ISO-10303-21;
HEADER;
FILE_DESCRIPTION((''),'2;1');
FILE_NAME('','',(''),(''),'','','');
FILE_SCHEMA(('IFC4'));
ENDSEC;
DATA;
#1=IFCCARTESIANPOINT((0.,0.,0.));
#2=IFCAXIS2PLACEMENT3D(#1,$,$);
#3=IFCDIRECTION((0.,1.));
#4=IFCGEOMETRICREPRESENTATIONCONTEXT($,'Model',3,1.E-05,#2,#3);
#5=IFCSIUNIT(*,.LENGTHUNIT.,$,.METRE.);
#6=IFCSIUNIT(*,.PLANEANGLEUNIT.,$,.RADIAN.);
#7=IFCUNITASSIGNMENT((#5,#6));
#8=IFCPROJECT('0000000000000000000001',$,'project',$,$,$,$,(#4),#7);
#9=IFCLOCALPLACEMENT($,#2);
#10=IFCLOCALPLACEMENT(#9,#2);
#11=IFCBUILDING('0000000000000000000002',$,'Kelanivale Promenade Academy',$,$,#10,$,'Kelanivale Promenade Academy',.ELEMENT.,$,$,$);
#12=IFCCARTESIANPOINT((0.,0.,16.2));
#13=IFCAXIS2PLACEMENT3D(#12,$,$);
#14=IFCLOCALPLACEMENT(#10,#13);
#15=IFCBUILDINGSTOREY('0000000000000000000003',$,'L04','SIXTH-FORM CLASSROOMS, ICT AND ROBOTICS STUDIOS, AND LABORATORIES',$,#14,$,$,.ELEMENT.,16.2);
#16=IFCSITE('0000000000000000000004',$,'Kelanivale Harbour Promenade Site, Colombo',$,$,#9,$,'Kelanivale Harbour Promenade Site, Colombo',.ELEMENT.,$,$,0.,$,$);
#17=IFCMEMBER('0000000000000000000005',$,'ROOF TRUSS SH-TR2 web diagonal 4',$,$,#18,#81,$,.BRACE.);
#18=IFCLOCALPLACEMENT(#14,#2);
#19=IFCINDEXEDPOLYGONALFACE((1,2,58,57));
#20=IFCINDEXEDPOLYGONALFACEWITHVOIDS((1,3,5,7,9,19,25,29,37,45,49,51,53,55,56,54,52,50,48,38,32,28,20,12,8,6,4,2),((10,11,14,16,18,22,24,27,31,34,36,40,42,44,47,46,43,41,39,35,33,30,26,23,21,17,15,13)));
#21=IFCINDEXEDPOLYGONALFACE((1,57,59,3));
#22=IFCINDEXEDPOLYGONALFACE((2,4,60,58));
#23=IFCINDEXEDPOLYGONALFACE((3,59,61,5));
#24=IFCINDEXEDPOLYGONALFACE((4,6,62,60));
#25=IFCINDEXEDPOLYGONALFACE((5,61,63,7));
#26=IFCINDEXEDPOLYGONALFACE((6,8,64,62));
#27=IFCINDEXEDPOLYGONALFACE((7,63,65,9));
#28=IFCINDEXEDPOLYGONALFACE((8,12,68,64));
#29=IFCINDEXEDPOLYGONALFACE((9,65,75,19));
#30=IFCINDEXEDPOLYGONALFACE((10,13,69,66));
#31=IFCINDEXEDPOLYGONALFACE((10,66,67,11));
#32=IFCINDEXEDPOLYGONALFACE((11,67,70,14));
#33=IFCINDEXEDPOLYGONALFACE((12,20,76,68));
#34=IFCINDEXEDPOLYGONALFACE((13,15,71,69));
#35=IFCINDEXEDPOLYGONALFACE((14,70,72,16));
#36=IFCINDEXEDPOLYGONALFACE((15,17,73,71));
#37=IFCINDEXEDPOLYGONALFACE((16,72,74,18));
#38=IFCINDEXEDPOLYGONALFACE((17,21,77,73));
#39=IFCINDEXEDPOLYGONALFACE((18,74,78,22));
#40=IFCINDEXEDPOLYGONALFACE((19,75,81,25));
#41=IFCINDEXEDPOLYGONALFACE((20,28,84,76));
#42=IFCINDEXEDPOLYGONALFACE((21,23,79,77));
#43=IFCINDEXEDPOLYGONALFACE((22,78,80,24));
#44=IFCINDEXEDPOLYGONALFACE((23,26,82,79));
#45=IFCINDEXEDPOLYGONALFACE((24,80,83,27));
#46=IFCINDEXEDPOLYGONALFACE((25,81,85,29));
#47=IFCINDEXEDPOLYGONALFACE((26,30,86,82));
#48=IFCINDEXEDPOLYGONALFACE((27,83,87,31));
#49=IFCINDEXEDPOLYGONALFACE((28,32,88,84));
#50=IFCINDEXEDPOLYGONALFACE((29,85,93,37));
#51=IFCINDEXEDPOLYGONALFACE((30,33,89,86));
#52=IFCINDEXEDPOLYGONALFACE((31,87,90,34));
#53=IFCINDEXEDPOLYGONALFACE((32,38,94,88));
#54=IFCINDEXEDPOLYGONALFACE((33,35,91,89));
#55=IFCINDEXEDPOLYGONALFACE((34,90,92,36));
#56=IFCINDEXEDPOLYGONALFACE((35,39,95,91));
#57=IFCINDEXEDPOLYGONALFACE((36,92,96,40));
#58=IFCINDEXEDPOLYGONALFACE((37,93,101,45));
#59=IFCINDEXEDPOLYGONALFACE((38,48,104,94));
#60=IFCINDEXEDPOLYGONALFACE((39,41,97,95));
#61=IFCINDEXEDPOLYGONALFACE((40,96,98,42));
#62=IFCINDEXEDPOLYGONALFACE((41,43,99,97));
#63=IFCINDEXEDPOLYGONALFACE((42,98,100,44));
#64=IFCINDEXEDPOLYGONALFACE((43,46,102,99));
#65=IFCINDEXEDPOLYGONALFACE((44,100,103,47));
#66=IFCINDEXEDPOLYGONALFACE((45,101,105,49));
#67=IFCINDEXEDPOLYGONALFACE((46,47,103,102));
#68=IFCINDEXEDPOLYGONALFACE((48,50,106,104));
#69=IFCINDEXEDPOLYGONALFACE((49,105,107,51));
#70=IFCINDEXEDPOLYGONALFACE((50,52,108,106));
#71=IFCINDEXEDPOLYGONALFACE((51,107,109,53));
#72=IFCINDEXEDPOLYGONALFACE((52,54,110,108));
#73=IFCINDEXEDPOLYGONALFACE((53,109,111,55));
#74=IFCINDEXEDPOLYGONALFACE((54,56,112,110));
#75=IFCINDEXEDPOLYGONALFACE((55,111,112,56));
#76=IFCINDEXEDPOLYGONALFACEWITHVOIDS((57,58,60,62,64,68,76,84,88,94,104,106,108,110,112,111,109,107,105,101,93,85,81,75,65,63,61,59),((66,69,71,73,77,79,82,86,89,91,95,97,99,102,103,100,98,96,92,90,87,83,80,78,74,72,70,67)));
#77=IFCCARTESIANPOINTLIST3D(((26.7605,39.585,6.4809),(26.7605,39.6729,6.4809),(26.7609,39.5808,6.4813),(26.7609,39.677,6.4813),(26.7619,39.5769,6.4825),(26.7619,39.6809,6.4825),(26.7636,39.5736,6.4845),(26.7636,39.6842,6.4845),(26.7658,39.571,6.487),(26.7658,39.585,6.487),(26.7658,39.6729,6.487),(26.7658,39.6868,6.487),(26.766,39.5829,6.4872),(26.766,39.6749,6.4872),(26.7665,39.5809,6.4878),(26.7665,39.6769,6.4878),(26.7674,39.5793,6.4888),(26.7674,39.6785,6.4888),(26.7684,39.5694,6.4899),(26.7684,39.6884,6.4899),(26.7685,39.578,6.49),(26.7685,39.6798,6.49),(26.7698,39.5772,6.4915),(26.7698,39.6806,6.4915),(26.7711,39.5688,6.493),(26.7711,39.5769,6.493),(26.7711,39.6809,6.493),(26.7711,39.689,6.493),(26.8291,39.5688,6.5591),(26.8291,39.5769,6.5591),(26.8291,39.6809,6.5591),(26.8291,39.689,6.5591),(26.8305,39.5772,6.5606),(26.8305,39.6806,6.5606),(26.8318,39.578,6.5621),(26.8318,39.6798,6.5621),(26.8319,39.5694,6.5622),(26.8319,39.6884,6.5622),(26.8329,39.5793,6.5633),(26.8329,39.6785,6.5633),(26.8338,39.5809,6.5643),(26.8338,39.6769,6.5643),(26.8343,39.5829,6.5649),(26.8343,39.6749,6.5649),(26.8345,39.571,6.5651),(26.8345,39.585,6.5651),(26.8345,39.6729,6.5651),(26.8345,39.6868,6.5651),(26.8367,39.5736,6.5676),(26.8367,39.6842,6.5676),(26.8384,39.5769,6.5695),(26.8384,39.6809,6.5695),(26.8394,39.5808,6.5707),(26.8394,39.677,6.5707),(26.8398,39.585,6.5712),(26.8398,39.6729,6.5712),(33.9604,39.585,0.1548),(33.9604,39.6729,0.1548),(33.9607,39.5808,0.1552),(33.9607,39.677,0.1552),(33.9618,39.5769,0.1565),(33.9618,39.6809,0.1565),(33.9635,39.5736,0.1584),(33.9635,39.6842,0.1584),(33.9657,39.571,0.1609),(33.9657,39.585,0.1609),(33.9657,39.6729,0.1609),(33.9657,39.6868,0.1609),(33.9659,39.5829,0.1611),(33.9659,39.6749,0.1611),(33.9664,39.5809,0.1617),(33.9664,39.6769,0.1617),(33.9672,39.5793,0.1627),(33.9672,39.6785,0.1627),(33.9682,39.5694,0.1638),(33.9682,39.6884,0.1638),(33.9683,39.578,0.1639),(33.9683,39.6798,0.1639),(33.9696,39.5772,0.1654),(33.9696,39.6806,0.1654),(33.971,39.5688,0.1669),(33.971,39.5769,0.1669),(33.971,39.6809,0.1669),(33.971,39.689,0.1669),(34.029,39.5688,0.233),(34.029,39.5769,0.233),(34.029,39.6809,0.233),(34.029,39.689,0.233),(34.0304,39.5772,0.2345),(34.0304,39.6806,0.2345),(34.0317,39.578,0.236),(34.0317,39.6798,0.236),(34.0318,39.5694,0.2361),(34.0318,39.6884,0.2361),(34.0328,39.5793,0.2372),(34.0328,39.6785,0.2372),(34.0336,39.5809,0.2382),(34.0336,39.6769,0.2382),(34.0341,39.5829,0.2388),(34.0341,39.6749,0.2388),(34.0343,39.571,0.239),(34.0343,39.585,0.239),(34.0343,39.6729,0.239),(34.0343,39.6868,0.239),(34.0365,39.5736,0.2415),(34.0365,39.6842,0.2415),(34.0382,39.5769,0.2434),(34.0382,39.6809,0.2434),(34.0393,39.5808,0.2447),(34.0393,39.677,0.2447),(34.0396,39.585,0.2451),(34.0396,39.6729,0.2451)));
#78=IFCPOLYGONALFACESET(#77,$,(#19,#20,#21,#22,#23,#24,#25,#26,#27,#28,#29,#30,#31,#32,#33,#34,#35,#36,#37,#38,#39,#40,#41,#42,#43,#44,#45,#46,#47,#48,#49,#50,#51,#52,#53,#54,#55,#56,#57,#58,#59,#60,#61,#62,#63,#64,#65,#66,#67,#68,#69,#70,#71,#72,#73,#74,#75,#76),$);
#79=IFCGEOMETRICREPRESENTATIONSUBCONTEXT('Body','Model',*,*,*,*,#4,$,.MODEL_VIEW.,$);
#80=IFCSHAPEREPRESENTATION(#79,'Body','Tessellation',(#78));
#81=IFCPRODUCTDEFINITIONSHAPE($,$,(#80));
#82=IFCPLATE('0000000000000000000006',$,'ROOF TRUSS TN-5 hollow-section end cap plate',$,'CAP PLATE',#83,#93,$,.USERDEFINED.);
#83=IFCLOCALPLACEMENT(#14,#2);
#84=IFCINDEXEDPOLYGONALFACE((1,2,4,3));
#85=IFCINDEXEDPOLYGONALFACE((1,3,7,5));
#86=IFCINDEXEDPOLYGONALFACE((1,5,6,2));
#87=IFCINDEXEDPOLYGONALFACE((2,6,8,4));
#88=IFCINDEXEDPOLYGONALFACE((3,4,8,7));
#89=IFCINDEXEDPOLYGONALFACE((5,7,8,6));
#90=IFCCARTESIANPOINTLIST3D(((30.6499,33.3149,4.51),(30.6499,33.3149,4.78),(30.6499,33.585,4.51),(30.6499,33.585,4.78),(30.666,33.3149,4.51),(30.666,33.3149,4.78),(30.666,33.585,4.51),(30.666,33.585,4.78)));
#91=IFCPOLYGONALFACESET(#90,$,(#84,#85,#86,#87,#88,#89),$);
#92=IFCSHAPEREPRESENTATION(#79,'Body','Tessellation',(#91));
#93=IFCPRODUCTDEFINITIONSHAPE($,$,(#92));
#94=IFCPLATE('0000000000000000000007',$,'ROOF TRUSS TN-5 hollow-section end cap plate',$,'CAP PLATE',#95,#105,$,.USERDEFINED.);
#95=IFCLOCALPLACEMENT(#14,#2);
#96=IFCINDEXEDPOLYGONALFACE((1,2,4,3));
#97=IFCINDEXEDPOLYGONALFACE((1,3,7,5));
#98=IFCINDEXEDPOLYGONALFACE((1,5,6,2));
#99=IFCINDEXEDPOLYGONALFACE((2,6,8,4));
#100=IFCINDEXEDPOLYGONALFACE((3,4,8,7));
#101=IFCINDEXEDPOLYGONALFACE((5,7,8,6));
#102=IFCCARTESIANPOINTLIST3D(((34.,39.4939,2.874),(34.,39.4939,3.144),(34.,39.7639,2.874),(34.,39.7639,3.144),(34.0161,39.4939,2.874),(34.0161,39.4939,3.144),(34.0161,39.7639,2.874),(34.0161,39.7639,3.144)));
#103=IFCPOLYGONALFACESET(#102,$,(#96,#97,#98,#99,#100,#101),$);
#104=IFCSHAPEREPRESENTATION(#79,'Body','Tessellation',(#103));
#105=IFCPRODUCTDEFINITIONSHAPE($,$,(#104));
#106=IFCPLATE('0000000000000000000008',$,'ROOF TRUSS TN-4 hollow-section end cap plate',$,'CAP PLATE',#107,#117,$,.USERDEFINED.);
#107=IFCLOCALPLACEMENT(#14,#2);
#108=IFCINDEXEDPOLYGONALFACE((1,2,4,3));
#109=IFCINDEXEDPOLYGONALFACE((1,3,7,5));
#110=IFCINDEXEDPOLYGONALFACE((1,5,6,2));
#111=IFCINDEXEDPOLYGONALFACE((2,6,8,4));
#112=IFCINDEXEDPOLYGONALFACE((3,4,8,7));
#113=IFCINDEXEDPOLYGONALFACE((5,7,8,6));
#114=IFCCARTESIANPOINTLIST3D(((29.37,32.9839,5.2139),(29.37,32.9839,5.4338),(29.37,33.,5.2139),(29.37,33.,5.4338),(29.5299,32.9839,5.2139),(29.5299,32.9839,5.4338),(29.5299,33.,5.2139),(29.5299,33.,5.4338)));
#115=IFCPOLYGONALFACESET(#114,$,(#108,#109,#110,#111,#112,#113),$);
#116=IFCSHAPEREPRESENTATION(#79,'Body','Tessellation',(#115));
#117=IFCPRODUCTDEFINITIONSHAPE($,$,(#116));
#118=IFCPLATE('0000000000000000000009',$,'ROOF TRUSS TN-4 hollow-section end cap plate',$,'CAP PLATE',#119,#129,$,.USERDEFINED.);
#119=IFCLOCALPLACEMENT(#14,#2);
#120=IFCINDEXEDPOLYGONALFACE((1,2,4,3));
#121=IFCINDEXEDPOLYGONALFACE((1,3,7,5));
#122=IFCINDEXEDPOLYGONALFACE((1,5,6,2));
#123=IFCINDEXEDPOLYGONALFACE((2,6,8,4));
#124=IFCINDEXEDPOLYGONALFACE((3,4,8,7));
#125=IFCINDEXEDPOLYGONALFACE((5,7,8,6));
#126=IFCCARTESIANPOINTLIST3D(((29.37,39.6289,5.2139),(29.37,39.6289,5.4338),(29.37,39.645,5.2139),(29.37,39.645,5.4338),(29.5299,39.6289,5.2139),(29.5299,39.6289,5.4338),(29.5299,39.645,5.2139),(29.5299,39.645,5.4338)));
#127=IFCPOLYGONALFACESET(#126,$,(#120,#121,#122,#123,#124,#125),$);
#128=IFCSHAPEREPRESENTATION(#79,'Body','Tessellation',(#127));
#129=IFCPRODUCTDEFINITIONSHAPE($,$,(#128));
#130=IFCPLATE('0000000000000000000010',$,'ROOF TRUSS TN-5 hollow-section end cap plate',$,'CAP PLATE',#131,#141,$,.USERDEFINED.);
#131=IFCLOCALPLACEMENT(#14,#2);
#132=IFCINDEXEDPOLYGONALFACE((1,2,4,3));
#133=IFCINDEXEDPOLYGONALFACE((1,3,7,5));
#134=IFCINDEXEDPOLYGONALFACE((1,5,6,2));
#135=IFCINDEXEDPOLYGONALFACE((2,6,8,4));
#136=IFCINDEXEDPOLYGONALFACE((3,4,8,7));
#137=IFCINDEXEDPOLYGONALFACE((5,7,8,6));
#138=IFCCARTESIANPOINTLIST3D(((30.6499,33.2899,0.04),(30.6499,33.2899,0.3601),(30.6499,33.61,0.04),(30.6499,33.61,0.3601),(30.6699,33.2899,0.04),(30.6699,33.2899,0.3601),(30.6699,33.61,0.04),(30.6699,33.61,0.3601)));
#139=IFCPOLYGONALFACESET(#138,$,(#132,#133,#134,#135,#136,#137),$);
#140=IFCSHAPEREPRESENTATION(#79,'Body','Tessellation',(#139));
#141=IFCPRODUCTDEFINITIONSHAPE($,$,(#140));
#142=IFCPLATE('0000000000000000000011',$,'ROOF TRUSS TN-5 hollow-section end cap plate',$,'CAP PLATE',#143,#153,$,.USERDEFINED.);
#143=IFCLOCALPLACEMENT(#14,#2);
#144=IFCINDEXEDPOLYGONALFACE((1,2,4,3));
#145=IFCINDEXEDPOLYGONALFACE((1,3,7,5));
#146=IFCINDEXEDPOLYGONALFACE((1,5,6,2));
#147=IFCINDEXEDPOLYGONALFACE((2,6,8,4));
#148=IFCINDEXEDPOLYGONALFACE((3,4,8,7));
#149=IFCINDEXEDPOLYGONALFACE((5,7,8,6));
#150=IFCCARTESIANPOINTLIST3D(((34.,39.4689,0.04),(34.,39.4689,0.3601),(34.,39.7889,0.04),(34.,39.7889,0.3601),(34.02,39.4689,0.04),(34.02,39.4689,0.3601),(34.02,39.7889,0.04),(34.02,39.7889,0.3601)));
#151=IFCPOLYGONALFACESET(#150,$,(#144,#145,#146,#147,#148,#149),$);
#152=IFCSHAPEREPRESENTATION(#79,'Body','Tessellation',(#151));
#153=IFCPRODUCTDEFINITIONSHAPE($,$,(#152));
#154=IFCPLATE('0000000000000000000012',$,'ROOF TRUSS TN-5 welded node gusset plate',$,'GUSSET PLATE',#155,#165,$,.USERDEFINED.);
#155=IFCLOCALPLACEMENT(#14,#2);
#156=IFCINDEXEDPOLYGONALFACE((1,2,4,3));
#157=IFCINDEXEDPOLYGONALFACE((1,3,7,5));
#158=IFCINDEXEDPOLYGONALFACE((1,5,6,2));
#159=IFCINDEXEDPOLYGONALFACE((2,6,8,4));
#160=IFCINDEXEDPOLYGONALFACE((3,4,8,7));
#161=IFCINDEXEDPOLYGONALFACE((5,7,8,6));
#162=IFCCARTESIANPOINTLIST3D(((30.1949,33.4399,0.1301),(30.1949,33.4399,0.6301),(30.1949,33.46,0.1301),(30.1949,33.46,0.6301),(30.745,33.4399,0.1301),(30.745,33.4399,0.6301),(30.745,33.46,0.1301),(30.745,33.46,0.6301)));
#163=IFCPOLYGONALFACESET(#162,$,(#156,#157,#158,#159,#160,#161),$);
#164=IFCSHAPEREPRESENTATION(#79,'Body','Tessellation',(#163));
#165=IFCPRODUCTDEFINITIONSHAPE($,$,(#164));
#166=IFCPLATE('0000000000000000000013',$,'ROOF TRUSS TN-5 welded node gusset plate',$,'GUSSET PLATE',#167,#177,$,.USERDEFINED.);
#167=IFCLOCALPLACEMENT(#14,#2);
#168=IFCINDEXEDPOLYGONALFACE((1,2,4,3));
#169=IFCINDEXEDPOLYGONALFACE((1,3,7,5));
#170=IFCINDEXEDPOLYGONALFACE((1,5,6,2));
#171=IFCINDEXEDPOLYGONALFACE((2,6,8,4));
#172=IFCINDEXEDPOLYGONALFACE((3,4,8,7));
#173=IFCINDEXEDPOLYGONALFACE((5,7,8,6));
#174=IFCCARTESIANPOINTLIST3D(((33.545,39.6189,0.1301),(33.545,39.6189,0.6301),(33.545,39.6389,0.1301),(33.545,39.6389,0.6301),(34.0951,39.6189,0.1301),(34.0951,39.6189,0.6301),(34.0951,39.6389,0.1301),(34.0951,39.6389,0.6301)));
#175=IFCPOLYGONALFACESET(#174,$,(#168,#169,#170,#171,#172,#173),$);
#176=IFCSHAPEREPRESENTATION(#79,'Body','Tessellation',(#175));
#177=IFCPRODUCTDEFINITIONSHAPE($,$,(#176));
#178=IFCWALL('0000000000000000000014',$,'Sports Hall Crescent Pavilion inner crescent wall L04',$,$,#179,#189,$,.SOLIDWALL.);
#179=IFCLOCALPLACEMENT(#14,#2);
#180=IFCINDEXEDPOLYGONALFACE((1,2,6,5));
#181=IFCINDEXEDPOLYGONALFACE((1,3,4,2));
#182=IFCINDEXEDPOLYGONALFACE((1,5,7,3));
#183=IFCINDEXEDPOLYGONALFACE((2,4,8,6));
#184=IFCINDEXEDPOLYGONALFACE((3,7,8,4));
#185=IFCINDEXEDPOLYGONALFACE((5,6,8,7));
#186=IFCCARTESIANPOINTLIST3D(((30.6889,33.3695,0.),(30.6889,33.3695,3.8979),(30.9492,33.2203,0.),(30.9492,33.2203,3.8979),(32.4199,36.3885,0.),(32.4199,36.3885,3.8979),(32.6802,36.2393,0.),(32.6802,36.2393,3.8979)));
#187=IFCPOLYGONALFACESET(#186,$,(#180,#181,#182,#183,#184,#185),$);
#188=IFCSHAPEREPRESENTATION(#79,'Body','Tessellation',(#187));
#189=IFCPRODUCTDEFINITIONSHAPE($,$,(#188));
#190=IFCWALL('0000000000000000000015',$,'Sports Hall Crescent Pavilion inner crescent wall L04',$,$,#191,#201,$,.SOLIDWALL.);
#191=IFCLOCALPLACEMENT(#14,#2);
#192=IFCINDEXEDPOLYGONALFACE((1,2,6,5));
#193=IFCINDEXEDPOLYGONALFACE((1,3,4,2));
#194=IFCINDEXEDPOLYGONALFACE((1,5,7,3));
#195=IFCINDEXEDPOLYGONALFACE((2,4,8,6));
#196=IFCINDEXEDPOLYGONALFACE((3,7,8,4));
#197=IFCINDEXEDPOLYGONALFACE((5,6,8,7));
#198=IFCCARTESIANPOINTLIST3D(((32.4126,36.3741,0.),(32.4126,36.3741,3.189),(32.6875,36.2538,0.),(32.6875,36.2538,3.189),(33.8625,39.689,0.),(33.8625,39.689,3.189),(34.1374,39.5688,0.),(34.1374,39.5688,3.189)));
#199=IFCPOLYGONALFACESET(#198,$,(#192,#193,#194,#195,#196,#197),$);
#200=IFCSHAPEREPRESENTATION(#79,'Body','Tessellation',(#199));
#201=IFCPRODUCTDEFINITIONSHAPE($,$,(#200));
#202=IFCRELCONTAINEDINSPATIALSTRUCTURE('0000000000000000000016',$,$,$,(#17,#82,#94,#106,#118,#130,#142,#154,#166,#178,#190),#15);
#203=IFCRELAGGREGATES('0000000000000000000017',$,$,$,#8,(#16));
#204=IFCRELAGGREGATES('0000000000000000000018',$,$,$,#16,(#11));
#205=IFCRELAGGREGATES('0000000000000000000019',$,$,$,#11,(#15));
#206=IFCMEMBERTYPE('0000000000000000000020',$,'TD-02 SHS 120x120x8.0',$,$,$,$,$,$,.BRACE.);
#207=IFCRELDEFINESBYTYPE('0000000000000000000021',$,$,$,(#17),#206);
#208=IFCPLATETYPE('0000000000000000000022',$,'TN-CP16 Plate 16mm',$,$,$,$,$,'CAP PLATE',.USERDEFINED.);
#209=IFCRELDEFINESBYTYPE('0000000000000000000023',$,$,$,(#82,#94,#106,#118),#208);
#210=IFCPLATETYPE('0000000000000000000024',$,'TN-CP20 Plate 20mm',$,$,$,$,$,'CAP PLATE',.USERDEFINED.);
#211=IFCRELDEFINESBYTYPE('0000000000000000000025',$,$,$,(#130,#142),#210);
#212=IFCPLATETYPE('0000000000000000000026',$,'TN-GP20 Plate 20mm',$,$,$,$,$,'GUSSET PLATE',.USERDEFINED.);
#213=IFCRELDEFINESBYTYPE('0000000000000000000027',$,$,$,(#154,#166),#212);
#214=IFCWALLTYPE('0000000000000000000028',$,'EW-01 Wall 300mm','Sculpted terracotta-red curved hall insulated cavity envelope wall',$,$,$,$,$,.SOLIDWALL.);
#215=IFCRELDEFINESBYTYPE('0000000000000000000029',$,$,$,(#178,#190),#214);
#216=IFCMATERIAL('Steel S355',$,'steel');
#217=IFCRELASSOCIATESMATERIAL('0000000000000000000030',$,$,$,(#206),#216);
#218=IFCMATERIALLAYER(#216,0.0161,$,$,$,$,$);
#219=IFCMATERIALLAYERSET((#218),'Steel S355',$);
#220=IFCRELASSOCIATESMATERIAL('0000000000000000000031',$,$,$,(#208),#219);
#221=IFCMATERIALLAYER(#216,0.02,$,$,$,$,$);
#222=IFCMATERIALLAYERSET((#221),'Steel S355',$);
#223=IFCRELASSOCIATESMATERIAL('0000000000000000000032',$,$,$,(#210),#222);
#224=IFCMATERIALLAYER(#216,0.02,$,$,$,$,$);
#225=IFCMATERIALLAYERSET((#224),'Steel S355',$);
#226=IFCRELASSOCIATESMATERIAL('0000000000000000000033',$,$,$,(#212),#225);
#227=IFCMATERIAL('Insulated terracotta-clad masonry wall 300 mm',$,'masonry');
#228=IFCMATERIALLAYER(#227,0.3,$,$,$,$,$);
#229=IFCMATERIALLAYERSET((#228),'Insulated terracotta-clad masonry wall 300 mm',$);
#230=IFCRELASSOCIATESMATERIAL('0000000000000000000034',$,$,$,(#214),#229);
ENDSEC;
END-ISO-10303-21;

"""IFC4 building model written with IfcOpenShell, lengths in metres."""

from ifc_helpers import new_model, si_unit, direction, frame, frame_2d, origin, origin_2d, place, context, subcontext, project, spatial, rectangle, hollow_rectangle, extrude, material, layer, layer_set, material_profile, profile_set, type_object, element, save


model = new_model("IFC4")

# Units and contexts
model_context = context("Model", 3, precision=1e-05, world=origin(), true_north=direction((0.0, 1.0)))
body_context = subcontext(model_context, "Body", "Model", "MODEL_VIEW")
ifc_project = project(units=[si_unit("LENGTHUNIT", "METRE"), si_unit("PLANEANGLEUNIT", "RADIAN")], contexts=[model_context])

# Site, building, storey
site_placement = place(None, origin())
site = spatial("IfcSite", under=ifc_project, at=site_placement, Name="Kelanivale Harbour Promenade Site, Colombo", LongName="Kelanivale Harbour Promenade Site, Colombo", CompositionType="ELEMENT", RefElevation=0.0)
building_placement = place(site_placement, origin())
building = spatial("IfcBuilding", under=site, at=building_placement, Name="Kelanivale Promenade Academy", LongName="Kelanivale Promenade Academy", CompositionType="ELEMENT")
storey_placement = place(building_placement, frame((0.0, 0.0, 16.2)))
storey = spatial("IfcBuildingStorey", under=building, at=storey_placement, Name="L04", Description="SIXTH-FORM CLASSROOMS, ICT AND ROBOTICS STUDIOS, AND LABORATORIES", CompositionType="ELEMENT", Elevation=16.2)

# Shared definitions
ifc_material_1 = material(Name="Steel S355", Category="steel")

# Member
ifc_material_profile_1 = material_profile(ifc_material_1, hollow_rectangle(XDim=0.1201, YDim=0.1201, WallThickness=0.0081, InnerFilletRadius=0.0081, OuterFilletRadius=0.0161, at=origin_2d()), Name="SHS 120x120x8.0")
ifc_profile_set_1 = profile_set([ifc_material_profile_1], Name="Steel S355")
member_type_1 = type_object("IfcMemberType", Name="TD-02 SHS 120x120x8.0", PredefinedType="BRACE", material=ifc_profile_set_1)
member_1_placement = place(storey_placement, frame((34.0, 39.6289, 0.2), z_axis=(-0.75122, 0.0, 0.660052), x_axis=(0.0, -1.0, 0.0)))
element("IfcMember", 1, at=member_1_placement, inside=storey, type_object=member_type_1, Name="ROOF TRUSS SH-TR2 web diagonal 4", PredefinedType="BRACE", context=body_context, shape_type="SweptSolid", body=[
    extrude(hollow_rectangle(XDim=0.1201, YDim=0.1201, WallThickness=0.0081, InnerFilletRadius=0.0081, OuterFilletRadius=0.0161, at=origin_2d()), origin(), (0.0, 0.0, 1.0), 9.5842),
])

# Plates
ifc_layer_1 = layer(ifc_material_1, 0.0161)
ifc_layer_set_1 = layer_set([ifc_layer_1], Name="Steel S355")
plate_type_1 = type_object("IfcPlateType", Name="TN-CP16 Plate 16mm", ElementType="CAP PLATE", PredefinedType="USERDEFINED", material=ifc_layer_set_1)
for number, where, z_axis, x_axis, name in (
    (2, (30.658, 33.45, 4.51), (0.0, 0.0, 1.0), (1.0, 0.0, 0.0), "ROOF TRUSS TN-5 hollow-section end cap plate"),
    (3, (34.0081, 39.6289, 2.874), (0.0, 0.0, 1.0), (1.0, 0.0, 0.0), "ROOF TRUSS TN-5 hollow-section end cap plate"),
):
    element("IfcPlate", number, at=place(storey_placement, frame(where, z_axis=z_axis, x_axis=x_axis)), inside=storey, type_object=plate_type_1, Name=name, ObjectType="CAP PLATE", PredefinedType="USERDEFINED", context=body_context, shape_type="SweptSolid", body=[
        extrude(rectangle(XDim=0.0161, YDim=0.27, at=origin_2d()), origin(), (0.0, 0.0, 1.0), 0.27),
    ])
for number, where, z_axis, x_axis, name in (
    (4, (29.45, 32.9919, 5.2139), (0.0, 0.0, 1.0), (0.0, -1.0, 0.0), "ROOF TRUSS TN-4 hollow-section end cap plate"),
    (5, (29.45, 39.637, 5.2139), (0.0, 0.0, 1.0), (0.0, 1.0, 0.0), "ROOF TRUSS TN-4 hollow-section end cap plate"),
):
    element("IfcPlate", number, at=place(storey_placement, frame(where, z_axis=z_axis, x_axis=x_axis)), inside=storey, type_object=plate_type_1, Name=name, ObjectType="CAP PLATE", PredefinedType="USERDEFINED", context=body_context, shape_type="SweptSolid", body=[
        extrude(rectangle(XDim=0.0161, YDim=0.1599, at=origin_2d()), origin(), (0.0, 0.0, 1.0), 0.22),
    ])
ifc_layer_2 = layer(ifc_material_1, 0.02)
ifc_layer_set_2 = layer_set([ifc_layer_2], Name="Steel S355")
plate_type_2 = type_object("IfcPlateType", Name="TN-CP20 Plate 20mm", ElementType="CAP PLATE", PredefinedType="USERDEFINED", material=ifc_layer_set_2)
for number, where, z_axis, x_axis, name in (
    (6, (30.6599, 33.45, 0.04), (0.0, 0.0, 1.0), (1.0, 0.0, 0.0), "ROOF TRUSS TN-5 hollow-section end cap plate"),
    (7, (34.01, 39.6289, 0.04), (0.0, 0.0, 1.0), (1.0, 0.0, 0.0), "ROOF TRUSS TN-5 hollow-section end cap plate"),
):
    element("IfcPlate", number, at=place(storey_placement, frame(where, z_axis=z_axis, x_axis=x_axis)), inside=storey, type_object=plate_type_2, Name=name, ObjectType="CAP PLATE", PredefinedType="USERDEFINED", context=body_context, shape_type="SweptSolid", body=[
        extrude(rectangle(XDim=0.02, YDim=0.3201, at=origin_2d()), origin(), (0.0, 0.0, 1.0), 0.3201),
    ])
ifc_layer_3 = layer(ifc_material_1, 0.02)
ifc_layer_set_3 = layer_set([ifc_layer_3], Name="Steel S355")
plate_type_3 = type_object("IfcPlateType", Name="TN-GP20 Plate 20mm", ElementType="GUSSET PLATE", PredefinedType="USERDEFINED", material=ifc_layer_set_3)
for number, where, z_axis, x_axis, name in (
    (8, (30.47, 33.45, 0.1301), (0.0, 0.0, 1.0), (1.0, 0.0, 0.0), "ROOF TRUSS TN-5 welded node gusset plate"),
    (9, (33.8201, 39.6289, 0.1301), (0.0, 0.0, 1.0), (1.0, 0.0, 0.0), "ROOF TRUSS TN-5 welded node gusset plate"),
):
    element("IfcPlate", number, at=place(storey_placement, frame(where, z_axis=z_axis, x_axis=x_axis)), inside=storey, type_object=plate_type_3, Name=name, ObjectType="GUSSET PLATE", PredefinedType="USERDEFINED", context=body_context, shape_type="SweptSolid", body=[
        extrude(rectangle(XDim=0.55, YDim=0.02, at=origin_2d()), origin(), (0.0, 0.0, 1.0), 0.5),
    ])

# Walls
ifc_material_2 = material(Name="Insulated terracotta-clad masonry wall 300 mm", Category="masonry")
ifc_layer_4 = layer(ifc_material_2, 0.3)
ifc_layer_set_4 = layer_set([ifc_layer_4], Name="Insulated terracotta-clad masonry wall 300 mm")
wall_type = type_object("IfcWallType", Name="EW-01 Wall 300mm", Description="Sculpted terracotta-red curved hall insulated cavity envelope wall", PredefinedType="SOLIDWALL", material=ifc_layer_set_4)
wall_1_placement = place(storey_placement, frame((30.8191, 33.2949, 0.0), z_axis=(0.0, 0.0, 1.0), x_axis=(0.497393, 0.867526, 0.0)))
element("IfcWall", 10, at=wall_1_placement, inside=storey, type_object=wall_type, Name="Sports Hall Crescent Pavilion inner crescent wall L04", PredefinedType="SOLIDWALL", context=body_context, shape_type="SweptSolid", body=[
    extrude(rectangle(XDim=3.48, YDim=0.3, at=frame_2d((1.74, 0.0))), origin(), (0.0, 0.0, 1.0), 3.8979),
])
wall_2_placement = place(storey_placement, frame((32.55, 36.314, 0.0), z_axis=(0.0, 0.0, 1.0), x_axis=(0.400741, 0.916191, 0.0)))
element("IfcWall", 11, at=wall_2_placement, inside=storey, type_object=wall_type, Name="Sports Hall Crescent Pavilion inner crescent wall L04", PredefinedType="SOLIDWALL", context=body_context, shape_type="SweptSolid", body=[
    extrude(rectangle(XDim=3.6182, YDim=0.3, at=frame_2d((1.8091, 0.0))), origin(), (0.0, 0.0, 1.0), 3.189),
])

save(model, "model.ifc")
